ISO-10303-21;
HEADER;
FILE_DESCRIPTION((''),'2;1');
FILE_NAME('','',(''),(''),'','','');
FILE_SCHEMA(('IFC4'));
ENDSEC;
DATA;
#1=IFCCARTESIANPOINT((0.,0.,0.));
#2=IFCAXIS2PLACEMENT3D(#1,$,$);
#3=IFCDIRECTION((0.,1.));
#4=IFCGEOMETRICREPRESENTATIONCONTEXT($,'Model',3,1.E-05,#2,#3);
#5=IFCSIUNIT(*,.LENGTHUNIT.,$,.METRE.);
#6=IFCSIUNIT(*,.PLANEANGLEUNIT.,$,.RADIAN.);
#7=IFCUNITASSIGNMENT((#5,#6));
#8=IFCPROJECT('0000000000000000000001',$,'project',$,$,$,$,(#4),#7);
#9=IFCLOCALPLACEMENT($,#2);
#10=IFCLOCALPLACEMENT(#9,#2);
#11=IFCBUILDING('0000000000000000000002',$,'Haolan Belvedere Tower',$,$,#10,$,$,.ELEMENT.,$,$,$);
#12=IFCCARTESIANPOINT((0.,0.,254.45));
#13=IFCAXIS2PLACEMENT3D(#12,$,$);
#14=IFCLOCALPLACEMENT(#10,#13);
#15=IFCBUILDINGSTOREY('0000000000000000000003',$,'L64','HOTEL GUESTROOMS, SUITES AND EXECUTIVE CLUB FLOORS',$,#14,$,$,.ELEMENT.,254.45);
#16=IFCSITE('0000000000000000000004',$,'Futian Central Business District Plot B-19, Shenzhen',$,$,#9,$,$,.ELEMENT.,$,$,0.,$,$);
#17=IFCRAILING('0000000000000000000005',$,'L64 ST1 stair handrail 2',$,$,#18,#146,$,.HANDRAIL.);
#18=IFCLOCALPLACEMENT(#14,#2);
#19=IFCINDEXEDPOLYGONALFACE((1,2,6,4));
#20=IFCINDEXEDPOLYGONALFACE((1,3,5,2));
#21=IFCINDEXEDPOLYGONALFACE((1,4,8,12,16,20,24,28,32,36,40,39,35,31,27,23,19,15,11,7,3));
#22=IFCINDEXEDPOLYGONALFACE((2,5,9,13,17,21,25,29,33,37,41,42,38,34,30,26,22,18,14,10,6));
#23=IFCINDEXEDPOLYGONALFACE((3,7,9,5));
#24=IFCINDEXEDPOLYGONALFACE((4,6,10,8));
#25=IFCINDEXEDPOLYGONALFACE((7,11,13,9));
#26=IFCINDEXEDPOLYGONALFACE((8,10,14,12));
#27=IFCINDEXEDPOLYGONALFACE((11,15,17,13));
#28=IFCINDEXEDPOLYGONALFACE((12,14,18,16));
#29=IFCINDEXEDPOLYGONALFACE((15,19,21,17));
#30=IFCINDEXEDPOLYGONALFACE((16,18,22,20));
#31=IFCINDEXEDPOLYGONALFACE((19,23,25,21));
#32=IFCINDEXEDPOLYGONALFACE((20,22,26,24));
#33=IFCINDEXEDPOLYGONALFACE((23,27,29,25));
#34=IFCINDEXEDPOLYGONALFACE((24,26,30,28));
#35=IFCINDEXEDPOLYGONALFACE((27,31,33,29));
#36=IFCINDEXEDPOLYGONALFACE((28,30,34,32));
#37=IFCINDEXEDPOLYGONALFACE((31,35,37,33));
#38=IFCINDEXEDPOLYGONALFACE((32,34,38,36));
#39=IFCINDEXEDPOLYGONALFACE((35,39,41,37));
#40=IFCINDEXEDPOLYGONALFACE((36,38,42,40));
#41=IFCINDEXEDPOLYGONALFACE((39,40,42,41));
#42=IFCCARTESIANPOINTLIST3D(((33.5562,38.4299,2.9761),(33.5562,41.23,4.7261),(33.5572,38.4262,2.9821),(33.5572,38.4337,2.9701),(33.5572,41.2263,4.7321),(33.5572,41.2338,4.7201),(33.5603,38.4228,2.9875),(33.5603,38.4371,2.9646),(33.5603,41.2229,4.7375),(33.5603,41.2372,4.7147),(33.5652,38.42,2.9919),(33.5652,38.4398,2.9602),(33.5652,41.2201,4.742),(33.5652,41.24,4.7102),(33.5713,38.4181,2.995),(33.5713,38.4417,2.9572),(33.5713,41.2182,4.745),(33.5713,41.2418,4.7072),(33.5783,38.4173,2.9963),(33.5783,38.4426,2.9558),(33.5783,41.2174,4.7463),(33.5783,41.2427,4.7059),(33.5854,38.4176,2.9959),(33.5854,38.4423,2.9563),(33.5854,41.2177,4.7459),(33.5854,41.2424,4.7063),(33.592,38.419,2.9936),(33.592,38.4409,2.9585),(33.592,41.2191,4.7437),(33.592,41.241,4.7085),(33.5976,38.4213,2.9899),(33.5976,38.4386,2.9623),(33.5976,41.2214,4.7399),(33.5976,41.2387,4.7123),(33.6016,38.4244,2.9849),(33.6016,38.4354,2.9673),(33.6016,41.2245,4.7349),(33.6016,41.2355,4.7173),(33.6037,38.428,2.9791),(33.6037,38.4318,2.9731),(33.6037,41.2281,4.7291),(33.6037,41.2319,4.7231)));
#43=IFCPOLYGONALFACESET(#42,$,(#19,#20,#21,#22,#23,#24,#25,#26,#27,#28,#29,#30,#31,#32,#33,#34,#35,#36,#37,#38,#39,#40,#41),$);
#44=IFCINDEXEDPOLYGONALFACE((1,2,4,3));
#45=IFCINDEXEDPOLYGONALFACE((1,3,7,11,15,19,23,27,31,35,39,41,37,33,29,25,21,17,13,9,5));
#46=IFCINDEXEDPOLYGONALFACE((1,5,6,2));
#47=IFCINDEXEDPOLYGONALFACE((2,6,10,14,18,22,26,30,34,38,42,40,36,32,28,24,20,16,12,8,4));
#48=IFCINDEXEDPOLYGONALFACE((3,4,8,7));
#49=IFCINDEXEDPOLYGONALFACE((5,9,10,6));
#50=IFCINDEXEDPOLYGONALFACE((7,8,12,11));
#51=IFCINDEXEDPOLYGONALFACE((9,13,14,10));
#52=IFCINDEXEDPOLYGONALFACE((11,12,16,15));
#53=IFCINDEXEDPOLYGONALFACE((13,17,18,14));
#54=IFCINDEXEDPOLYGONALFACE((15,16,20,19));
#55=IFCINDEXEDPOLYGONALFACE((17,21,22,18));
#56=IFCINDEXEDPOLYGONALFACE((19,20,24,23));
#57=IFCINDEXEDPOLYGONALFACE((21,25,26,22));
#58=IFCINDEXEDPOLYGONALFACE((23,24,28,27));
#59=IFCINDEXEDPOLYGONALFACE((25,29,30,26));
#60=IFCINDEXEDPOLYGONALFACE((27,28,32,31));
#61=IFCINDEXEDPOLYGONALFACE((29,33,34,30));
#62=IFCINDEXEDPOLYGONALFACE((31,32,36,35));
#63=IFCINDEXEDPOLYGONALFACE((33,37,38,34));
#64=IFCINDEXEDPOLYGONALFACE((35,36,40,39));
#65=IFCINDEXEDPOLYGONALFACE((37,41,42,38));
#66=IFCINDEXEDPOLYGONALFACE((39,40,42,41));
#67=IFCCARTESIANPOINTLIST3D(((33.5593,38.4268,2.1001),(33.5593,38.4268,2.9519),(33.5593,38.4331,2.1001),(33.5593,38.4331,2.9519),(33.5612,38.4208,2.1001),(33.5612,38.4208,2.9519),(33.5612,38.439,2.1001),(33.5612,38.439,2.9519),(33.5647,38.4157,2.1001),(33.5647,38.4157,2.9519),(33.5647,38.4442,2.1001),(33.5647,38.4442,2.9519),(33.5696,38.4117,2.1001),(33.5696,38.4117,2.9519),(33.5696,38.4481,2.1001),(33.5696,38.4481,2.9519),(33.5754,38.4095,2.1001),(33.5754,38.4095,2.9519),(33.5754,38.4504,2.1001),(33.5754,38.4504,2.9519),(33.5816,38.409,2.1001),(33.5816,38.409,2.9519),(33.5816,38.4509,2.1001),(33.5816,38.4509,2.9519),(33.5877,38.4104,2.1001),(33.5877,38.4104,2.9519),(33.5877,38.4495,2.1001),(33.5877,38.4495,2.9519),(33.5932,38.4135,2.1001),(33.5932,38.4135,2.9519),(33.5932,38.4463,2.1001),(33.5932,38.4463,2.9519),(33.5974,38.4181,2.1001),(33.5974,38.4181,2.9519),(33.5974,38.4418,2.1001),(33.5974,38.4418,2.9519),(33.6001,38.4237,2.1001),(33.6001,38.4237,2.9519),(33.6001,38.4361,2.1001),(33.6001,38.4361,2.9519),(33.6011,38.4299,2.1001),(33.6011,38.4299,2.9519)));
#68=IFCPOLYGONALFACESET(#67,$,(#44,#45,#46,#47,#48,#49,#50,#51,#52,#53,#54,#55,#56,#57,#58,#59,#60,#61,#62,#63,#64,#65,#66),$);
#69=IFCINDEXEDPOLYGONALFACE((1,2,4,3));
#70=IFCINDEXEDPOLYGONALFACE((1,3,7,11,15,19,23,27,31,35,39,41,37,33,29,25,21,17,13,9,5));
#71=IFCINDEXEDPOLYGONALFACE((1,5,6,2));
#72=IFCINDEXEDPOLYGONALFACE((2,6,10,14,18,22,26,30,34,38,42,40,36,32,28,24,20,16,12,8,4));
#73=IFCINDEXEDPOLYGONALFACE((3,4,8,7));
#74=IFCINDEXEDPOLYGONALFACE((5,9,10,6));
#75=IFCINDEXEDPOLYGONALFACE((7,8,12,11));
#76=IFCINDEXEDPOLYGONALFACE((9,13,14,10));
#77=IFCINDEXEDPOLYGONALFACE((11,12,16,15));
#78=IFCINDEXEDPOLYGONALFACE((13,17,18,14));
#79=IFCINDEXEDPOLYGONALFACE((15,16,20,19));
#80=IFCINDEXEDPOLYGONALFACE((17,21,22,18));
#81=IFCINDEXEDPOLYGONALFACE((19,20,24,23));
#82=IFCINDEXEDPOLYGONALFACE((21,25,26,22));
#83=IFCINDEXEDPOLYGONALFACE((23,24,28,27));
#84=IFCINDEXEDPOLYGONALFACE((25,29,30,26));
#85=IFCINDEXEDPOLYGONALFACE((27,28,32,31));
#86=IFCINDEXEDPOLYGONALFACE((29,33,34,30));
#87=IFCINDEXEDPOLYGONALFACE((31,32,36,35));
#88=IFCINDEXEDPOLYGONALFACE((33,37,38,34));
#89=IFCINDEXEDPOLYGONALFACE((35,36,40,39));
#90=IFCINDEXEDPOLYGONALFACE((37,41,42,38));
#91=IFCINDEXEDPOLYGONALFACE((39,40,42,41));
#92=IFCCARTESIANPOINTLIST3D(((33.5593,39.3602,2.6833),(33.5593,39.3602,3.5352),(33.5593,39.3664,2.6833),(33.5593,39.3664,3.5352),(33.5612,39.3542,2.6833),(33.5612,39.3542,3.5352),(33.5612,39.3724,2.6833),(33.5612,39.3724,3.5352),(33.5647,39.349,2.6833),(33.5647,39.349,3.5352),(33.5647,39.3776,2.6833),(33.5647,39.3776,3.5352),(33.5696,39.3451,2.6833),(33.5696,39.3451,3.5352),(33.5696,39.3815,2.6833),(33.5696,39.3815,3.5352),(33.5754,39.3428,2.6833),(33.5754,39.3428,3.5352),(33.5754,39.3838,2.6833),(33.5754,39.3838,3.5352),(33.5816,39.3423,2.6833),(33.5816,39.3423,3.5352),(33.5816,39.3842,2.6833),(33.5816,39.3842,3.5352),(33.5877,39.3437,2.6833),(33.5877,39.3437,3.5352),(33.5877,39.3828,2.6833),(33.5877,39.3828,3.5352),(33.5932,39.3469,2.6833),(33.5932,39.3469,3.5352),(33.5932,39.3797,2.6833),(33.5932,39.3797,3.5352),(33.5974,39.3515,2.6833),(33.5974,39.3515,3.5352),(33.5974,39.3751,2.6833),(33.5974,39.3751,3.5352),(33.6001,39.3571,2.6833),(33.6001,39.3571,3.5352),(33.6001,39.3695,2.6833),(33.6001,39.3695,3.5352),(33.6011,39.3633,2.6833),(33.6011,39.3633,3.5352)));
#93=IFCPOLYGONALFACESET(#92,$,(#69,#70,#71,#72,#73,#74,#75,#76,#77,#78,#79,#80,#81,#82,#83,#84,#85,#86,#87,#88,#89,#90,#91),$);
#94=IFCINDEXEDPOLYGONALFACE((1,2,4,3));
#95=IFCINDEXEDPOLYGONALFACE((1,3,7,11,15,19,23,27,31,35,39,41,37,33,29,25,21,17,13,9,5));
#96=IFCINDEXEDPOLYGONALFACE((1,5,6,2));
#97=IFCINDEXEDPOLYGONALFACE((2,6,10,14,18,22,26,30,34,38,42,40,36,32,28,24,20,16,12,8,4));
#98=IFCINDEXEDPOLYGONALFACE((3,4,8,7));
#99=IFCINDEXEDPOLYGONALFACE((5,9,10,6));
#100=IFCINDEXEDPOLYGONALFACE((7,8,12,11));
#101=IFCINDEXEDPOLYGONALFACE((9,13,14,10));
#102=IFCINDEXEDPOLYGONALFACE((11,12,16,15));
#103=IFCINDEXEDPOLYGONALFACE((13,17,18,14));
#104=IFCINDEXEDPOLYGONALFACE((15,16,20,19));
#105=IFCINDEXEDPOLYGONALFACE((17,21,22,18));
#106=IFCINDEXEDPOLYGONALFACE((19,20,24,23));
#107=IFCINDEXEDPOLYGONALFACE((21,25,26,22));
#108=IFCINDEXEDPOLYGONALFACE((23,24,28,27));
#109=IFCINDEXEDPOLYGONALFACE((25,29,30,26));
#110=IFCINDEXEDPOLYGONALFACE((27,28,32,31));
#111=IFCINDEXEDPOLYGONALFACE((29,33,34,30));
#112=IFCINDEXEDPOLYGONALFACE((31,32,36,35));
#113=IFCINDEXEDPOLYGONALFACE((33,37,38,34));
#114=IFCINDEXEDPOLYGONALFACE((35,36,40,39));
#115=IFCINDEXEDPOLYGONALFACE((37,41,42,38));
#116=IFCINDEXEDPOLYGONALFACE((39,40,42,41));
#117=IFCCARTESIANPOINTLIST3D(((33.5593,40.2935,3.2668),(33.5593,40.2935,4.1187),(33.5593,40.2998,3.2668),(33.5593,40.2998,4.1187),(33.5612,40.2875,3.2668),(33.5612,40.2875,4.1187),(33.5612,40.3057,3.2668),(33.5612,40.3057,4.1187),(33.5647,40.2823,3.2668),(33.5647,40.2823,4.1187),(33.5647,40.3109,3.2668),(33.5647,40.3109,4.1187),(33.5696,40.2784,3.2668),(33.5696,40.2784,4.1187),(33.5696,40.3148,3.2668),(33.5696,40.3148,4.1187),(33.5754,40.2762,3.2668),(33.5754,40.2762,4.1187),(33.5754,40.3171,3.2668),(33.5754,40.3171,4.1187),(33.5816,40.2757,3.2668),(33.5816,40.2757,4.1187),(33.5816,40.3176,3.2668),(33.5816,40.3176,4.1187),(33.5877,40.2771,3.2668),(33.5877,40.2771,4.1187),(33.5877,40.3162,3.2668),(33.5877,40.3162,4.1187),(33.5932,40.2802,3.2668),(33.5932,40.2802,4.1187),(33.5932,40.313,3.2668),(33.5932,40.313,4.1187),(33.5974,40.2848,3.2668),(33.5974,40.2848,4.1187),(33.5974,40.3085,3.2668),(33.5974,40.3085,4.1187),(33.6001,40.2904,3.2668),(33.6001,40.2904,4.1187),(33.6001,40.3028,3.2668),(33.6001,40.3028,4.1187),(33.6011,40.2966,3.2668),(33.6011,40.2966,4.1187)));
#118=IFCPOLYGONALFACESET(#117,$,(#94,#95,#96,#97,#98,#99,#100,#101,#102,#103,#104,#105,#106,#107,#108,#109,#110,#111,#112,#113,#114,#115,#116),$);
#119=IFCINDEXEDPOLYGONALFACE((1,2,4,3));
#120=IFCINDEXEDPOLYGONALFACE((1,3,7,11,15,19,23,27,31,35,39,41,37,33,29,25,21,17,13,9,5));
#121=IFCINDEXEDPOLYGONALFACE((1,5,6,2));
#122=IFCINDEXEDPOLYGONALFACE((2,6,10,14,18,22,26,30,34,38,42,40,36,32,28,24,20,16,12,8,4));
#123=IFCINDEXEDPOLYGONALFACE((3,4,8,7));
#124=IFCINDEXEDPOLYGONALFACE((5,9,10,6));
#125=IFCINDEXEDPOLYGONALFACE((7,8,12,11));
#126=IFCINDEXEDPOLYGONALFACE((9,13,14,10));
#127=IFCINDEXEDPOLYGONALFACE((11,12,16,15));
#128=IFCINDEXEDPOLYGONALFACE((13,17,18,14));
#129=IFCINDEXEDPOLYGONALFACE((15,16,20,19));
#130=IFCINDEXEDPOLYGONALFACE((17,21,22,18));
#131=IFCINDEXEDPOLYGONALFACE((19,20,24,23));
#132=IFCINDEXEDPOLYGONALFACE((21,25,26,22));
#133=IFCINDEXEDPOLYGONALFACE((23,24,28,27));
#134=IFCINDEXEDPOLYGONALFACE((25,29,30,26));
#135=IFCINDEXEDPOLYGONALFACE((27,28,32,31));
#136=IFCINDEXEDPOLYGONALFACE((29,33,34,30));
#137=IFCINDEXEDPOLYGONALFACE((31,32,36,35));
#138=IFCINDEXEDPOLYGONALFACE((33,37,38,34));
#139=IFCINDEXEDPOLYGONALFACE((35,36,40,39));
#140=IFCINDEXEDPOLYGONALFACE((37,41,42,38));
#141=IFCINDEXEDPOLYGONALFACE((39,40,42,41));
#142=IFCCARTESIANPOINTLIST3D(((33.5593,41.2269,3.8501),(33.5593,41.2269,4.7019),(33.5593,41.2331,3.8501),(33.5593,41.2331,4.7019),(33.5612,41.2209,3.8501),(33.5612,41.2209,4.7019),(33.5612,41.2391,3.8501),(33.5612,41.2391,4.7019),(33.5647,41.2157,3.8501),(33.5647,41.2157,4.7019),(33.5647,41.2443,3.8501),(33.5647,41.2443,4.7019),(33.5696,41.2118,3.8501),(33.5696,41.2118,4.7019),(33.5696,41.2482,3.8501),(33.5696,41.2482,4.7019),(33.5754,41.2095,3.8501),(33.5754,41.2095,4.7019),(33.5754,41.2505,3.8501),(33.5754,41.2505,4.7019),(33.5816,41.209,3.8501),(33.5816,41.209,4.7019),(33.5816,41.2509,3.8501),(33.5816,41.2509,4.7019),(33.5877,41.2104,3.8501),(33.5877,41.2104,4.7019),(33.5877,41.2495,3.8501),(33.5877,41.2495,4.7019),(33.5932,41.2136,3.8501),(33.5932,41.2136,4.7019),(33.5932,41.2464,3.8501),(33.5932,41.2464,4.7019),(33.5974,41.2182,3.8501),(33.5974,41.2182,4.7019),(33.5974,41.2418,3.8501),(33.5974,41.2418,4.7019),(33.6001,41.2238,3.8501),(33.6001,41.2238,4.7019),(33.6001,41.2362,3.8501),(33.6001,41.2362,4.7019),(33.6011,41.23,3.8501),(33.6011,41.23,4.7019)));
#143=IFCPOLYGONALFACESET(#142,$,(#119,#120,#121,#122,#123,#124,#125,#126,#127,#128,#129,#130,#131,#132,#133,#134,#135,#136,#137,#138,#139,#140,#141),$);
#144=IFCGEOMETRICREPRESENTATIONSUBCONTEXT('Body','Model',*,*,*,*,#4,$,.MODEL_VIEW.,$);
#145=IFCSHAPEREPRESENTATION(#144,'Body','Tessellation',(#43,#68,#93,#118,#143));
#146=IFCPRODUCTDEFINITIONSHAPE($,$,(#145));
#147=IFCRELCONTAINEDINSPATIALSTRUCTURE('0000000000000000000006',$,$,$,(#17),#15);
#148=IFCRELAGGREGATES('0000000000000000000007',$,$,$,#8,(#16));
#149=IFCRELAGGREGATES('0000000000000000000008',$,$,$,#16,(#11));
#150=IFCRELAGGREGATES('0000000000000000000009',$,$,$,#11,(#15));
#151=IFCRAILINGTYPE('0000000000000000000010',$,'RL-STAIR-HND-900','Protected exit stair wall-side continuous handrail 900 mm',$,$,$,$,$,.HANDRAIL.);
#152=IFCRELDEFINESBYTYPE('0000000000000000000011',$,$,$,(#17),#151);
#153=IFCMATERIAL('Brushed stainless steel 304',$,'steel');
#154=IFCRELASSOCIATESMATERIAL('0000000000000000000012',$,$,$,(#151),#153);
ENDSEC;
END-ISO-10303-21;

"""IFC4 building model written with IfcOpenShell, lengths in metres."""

from ifc_helpers import new_model, si_unit, direction, frame, origin, origin_2d, place, context, subcontext, project, spatial, circle, extrude, material, type_object, element, save


model = new_model("IFC4")

# Units and contexts
model_context = context("Model", 3, precision=1e-05, world=origin(), true_north=direction((0.0, 1.0)))
body_context = subcontext(model_context, "Body", "Model", "MODEL_VIEW")
ifc_project = project(units=[si_unit("LENGTHUNIT", "METRE"), si_unit("PLANEANGLEUNIT", "RADIAN")], contexts=[model_context])

# Site, building, storey
site_placement = place(None, origin())
site = spatial("IfcSite", under=ifc_project, at=site_placement, Name="Futian Central Business District Plot B-19, Shenzhen", CompositionType="ELEMENT", RefElevation=0.0)
building_placement = place(site_placement, origin())
building = spatial("IfcBuilding", under=site, at=building_placement, Name="Haolan Belvedere Tower", CompositionType="ELEMENT")
storey_placement = place(building_placement, frame((0.0, 0.0, 254.45)))
storey = spatial("IfcBuildingStorey", under=building, at=storey_placement, Name="L64", Description="HOTEL GUESTROOMS, SUITES AND EXECUTIVE CLUB FLOORS", CompositionType="ELEMENT", Elevation=254.45)

# Railing
ifc_material_1 = material(Name="Brushed stainless steel 304", Category="steel")
railing_type_1 = type_object("IfcRailingType", Name="RL-STAIR-HND-900", Description="Protected exit stair wall-side continuous handrail 900 mm", PredefinedType="HANDRAIL", material=ifc_material_1)
railing_1_placement = place(storey_placement, frame((33.5801, 38.4299, 2.1001)))
element("IfcRailing", 1, at=railing_1_placement, inside=storey, type_object=railing_type_1, Name="L64 ST1 stair handrail 2", PredefinedType="HANDRAIL", context=body_context, shape_type="SweptSolid", body=[
    extrude(circle(Radius=0.0239, at=origin_2d()), frame((0.0, 0.0, 0.876), z_axis=(0.0, 0.848002, 0.529992), x_axis=(-1.0, 0.0, 0.0)), (0.0, 0.0, 1.0), 3.302),
    extrude(circle(Radius=0.021, at=origin_2d()), origin(), (0.0, 0.0, 1.0), 0.8518),
    extrude(circle(Radius=0.021, at=origin_2d()), frame((0.0, 0.9333, 0.5833)), (0.0, 0.0, 1.0), 0.8518),
    extrude(circle(Radius=0.021, at=origin_2d()), frame((0.0, 1.8667, 1.1667)), (0.0, 0.0, 1.0), 0.8518),
    extrude(circle(Radius=0.021, at=origin_2d()), frame((0.0, 2.8, 1.75)), (0.0, 0.0, 1.0), 0.8518),
])

save(model, "model.ifc")
